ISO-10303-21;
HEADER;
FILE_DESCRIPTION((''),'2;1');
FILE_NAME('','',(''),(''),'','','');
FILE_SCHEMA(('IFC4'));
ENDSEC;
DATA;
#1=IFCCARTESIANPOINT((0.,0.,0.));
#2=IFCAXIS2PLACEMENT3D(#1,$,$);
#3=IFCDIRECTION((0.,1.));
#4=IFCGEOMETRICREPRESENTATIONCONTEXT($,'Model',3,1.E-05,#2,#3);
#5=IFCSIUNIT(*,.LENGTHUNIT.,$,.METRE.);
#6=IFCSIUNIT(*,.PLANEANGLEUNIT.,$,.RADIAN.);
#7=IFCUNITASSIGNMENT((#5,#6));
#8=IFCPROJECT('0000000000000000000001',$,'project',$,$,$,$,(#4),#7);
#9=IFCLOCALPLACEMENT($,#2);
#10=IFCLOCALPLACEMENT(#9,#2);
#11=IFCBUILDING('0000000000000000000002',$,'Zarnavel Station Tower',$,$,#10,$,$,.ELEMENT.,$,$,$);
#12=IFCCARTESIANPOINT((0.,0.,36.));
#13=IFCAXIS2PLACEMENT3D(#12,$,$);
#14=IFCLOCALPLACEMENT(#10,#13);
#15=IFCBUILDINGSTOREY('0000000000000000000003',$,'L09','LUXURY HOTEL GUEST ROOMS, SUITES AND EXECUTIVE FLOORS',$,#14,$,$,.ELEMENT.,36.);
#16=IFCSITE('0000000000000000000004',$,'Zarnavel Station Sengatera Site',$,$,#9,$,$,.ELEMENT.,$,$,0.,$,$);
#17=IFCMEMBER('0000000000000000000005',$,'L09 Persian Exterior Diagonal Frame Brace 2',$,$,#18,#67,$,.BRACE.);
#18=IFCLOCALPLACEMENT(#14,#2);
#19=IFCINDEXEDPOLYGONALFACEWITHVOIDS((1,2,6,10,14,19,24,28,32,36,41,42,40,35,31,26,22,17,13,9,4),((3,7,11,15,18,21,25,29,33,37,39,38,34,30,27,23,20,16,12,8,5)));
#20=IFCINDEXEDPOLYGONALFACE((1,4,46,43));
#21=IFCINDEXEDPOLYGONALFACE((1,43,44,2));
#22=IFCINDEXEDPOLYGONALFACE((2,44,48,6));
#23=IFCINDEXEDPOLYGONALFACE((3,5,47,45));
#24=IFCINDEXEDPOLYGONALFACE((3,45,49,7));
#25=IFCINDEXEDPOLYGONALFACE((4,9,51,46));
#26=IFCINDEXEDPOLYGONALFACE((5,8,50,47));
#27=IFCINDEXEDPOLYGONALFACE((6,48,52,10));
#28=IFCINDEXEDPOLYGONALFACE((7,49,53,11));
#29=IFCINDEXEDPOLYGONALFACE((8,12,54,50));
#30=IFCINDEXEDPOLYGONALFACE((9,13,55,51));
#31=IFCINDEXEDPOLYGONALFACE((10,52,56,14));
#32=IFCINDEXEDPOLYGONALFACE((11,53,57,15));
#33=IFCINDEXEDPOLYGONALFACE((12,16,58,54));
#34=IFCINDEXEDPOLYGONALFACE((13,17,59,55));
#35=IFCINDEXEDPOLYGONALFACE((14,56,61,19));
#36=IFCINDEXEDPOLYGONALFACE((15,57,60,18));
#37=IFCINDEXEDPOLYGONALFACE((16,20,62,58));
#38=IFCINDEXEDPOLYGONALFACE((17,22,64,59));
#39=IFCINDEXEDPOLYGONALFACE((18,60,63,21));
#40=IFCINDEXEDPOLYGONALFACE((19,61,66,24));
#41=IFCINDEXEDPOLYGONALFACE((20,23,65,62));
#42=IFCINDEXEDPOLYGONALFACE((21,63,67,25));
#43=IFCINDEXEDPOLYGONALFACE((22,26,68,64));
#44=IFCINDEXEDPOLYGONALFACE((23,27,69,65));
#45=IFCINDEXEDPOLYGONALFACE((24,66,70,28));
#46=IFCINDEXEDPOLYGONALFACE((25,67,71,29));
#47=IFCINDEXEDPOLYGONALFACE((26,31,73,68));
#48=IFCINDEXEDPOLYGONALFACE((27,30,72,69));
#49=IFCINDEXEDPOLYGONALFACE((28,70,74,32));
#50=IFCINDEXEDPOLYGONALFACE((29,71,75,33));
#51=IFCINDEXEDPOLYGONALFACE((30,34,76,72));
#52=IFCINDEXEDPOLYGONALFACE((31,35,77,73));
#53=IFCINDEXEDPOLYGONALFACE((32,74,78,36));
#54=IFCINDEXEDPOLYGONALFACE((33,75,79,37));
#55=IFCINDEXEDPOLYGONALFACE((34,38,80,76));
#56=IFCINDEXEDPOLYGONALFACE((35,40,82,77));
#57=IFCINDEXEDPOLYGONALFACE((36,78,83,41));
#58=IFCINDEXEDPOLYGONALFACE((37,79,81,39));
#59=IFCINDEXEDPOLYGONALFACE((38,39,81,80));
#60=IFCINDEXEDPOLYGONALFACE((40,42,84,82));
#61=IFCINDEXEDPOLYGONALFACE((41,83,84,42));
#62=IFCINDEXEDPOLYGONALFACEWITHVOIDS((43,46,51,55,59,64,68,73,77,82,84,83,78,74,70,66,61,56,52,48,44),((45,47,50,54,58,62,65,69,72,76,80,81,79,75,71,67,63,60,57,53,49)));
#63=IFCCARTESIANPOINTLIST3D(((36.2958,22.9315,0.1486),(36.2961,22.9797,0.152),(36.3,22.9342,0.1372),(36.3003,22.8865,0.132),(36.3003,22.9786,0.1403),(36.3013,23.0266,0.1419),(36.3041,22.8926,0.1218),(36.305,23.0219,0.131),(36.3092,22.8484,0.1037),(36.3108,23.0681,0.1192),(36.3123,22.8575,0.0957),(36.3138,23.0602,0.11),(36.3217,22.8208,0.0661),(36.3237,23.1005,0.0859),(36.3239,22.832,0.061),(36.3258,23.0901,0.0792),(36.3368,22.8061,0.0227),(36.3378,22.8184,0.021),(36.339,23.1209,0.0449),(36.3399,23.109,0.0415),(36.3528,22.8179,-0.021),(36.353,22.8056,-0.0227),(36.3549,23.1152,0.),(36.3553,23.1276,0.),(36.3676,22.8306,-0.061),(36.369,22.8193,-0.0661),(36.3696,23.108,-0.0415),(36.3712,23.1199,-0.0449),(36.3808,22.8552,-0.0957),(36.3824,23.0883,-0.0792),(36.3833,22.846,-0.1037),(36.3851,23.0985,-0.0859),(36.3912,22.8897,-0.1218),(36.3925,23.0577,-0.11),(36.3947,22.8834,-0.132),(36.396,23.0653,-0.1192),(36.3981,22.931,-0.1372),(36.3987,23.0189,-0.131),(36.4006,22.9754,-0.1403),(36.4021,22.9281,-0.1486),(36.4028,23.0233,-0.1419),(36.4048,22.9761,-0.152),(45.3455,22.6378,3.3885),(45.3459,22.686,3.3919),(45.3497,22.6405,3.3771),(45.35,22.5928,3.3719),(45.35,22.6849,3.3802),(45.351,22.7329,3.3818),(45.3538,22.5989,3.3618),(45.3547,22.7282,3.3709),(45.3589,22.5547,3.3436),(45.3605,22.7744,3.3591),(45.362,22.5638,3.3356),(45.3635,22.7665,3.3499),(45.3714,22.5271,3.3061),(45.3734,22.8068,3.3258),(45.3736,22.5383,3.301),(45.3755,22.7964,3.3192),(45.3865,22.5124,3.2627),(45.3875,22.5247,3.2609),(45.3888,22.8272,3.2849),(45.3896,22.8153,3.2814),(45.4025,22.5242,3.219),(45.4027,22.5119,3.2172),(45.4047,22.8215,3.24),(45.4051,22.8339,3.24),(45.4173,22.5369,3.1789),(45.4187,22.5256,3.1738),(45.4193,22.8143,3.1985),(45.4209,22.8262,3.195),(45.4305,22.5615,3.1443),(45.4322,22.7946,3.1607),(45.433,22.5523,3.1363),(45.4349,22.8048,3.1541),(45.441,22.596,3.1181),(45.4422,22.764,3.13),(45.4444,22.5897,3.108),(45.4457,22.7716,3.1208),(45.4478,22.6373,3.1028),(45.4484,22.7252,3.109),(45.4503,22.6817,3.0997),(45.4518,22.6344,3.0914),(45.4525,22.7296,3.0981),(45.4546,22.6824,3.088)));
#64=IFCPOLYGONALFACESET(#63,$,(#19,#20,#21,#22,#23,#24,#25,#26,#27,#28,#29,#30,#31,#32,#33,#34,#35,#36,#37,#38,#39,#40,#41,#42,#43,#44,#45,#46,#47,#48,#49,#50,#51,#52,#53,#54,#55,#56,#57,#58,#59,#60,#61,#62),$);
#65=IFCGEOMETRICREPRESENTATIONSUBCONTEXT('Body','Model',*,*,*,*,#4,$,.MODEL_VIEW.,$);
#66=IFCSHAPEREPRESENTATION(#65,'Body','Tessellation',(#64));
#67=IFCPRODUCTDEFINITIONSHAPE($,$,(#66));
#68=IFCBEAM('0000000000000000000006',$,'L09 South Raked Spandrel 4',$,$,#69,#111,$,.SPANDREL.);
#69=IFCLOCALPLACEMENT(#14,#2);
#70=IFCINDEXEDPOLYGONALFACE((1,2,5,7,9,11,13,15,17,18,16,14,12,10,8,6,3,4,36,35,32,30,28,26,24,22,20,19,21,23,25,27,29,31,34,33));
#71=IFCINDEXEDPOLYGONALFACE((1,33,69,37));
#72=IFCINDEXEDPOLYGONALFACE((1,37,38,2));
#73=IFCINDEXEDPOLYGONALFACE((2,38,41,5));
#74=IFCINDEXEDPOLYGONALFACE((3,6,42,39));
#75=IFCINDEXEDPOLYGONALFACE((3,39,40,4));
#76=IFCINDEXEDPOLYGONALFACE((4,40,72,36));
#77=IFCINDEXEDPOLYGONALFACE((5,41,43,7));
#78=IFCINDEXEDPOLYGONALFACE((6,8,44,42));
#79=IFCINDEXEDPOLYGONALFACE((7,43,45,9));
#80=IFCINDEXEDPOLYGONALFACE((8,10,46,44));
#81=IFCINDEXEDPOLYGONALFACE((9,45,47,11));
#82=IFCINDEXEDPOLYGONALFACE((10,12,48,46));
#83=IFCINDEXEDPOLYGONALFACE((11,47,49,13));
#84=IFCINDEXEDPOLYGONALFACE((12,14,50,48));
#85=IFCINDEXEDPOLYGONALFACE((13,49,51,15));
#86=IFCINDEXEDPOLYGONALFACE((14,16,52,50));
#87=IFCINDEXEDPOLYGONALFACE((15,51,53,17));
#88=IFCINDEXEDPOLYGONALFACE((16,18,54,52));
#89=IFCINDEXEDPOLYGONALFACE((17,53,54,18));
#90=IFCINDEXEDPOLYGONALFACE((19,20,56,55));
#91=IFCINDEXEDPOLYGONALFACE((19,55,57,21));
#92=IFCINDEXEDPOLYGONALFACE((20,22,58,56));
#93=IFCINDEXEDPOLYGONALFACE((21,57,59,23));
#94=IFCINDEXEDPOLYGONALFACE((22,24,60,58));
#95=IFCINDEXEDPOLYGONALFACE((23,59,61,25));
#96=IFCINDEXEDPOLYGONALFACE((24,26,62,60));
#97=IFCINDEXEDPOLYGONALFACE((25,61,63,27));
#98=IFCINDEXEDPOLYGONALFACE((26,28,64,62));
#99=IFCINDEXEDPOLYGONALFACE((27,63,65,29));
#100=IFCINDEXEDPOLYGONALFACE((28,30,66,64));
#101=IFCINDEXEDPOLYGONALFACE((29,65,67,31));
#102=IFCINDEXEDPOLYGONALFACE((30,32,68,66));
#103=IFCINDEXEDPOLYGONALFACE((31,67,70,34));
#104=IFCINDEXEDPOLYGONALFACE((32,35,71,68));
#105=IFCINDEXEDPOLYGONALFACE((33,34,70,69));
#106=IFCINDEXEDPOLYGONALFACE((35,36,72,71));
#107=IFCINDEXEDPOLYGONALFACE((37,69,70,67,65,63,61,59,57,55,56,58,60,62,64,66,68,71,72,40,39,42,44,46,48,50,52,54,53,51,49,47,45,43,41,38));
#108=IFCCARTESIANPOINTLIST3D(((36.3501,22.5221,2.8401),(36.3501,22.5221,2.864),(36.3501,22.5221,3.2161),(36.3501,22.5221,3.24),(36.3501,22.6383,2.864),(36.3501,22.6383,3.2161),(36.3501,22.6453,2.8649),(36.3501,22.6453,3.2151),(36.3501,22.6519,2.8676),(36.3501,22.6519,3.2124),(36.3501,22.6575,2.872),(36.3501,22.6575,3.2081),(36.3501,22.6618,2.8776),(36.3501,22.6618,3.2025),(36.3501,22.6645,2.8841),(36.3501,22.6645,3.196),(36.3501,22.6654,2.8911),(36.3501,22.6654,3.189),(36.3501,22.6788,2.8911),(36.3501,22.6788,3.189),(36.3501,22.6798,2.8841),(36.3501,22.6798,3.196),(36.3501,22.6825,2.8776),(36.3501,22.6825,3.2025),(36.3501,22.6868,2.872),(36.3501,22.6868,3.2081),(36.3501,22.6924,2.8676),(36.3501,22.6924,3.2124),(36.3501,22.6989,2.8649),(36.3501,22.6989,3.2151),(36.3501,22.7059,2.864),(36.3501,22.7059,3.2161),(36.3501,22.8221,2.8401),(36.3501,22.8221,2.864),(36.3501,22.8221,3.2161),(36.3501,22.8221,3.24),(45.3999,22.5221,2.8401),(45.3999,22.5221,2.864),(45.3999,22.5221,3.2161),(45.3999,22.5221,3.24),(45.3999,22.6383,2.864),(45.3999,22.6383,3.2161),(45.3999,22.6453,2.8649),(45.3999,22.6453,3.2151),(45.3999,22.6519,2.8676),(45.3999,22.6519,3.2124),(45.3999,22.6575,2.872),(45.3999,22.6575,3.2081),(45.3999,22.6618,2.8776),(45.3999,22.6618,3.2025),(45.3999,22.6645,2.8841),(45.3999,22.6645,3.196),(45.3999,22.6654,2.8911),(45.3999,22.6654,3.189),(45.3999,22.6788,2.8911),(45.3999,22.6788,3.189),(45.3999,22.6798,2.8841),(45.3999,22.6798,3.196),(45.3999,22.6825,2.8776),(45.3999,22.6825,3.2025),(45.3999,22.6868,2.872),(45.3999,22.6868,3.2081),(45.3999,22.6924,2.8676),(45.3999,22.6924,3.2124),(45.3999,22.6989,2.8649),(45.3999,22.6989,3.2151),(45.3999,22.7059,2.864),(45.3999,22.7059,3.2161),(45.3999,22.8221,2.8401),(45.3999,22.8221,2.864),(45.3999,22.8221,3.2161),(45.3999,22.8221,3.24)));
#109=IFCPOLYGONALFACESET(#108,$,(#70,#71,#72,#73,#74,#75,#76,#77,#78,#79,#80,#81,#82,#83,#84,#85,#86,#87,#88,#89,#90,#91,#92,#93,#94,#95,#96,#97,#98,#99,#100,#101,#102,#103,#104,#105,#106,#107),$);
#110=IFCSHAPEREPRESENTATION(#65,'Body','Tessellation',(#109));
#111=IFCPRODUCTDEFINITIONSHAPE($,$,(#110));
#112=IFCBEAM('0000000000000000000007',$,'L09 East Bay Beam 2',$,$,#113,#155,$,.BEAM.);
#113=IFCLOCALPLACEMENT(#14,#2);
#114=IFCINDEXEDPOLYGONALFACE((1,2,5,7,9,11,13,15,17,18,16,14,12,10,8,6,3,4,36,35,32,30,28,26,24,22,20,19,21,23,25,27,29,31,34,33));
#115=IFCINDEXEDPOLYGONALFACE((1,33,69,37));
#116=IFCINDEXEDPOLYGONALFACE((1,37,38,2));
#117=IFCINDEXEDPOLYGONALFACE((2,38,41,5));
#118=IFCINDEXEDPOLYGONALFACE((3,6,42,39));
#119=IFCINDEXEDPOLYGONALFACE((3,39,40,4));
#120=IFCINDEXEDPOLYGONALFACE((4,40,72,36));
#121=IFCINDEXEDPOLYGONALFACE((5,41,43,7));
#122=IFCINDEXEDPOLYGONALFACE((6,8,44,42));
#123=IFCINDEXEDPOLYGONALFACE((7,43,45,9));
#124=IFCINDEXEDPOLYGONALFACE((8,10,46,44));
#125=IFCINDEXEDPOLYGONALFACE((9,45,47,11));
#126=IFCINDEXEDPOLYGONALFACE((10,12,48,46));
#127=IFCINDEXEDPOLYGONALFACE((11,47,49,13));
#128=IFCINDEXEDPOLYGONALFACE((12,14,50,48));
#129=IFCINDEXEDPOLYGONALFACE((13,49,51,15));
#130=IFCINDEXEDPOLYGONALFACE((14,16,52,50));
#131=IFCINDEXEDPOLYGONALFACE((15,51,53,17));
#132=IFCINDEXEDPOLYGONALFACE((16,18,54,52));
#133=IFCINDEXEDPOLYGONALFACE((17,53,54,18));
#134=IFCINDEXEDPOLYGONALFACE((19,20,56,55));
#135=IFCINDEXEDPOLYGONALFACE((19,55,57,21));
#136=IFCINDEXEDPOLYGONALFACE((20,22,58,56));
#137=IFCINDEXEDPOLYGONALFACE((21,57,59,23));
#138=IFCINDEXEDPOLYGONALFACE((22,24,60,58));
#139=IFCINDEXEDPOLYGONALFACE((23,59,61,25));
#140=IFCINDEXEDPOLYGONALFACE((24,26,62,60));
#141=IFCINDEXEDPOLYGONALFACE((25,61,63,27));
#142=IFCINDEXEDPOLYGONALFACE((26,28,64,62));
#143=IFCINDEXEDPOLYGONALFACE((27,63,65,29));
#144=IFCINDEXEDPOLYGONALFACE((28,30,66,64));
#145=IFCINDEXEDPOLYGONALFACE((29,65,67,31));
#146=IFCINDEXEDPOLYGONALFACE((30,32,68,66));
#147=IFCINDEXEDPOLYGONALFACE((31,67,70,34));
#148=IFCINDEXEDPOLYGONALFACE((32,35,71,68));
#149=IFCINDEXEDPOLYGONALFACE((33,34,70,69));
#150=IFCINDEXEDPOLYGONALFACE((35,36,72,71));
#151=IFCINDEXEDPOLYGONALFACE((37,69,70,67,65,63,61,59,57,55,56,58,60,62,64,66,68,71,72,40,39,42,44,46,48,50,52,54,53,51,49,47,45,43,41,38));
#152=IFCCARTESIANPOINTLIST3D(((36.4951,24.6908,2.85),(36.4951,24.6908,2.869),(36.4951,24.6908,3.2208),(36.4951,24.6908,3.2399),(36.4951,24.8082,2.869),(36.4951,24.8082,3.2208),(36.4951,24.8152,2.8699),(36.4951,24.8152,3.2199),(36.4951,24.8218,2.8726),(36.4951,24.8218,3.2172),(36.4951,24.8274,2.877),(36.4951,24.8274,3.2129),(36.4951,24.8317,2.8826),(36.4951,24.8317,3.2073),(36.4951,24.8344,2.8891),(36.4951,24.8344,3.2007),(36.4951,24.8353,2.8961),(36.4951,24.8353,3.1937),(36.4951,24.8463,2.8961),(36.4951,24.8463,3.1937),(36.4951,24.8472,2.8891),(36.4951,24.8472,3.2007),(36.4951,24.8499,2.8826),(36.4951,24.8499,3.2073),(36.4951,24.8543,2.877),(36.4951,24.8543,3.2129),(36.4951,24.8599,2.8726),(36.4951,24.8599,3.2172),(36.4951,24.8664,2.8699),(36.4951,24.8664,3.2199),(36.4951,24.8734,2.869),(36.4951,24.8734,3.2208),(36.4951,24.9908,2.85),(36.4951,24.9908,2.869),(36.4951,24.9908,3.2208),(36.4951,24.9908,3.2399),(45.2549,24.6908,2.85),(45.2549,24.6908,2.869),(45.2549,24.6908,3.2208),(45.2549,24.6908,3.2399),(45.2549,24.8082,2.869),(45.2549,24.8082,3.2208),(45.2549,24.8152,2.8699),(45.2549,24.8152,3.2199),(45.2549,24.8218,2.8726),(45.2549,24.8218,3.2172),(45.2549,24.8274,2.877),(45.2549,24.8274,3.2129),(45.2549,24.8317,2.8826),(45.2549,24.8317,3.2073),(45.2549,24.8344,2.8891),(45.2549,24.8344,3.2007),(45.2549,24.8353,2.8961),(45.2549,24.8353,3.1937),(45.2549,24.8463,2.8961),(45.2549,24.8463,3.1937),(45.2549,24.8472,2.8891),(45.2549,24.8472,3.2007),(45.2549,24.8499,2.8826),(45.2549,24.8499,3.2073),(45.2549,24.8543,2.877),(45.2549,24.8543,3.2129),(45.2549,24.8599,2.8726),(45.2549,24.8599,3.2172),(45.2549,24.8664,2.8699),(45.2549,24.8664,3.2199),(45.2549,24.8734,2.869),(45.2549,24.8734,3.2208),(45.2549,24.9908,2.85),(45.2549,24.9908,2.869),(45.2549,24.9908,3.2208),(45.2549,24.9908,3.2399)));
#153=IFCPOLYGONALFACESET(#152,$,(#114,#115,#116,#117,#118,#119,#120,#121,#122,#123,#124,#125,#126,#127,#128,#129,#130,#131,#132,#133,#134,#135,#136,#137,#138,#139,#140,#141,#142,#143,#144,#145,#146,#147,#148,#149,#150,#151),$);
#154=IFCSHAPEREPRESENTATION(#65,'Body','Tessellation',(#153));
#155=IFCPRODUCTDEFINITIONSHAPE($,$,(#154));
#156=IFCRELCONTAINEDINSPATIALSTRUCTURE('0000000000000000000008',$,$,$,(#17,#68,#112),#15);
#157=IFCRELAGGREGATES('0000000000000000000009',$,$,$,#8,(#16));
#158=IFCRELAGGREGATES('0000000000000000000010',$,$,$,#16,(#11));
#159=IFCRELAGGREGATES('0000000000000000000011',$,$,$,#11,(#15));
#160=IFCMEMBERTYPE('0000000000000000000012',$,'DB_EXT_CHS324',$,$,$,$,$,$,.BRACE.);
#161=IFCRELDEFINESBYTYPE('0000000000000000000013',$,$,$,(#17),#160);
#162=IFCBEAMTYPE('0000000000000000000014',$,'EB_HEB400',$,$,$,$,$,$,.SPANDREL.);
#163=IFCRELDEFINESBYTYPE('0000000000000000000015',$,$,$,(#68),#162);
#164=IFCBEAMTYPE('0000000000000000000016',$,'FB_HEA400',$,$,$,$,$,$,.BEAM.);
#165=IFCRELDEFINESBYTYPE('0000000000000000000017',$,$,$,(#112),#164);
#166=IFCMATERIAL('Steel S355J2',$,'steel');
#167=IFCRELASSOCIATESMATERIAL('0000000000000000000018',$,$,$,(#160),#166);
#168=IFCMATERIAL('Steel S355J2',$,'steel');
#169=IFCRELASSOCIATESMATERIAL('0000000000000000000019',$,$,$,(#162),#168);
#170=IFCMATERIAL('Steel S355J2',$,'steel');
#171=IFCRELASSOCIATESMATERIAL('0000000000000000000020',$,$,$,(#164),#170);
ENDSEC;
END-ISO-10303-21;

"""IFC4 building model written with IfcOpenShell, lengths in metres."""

from ifc_helpers import new_model, si_unit, direction, frame, origin, origin_2d, place, context, subcontext, project, spatial, hollow_circle, i_section, extrude, material, material_profile, profile_set, type_object, element, save


model = new_model("IFC4")

# Units and contexts
model_context = context("Model", 3, precision=1e-05, world=origin(), true_north=direction((0.0, 1.0)))
body_context = subcontext(model_context, "Body", "Model", "MODEL_VIEW")
ifc_project = project(units=[si_unit("LENGTHUNIT", "METRE"), si_unit("PLANEANGLEUNIT", "RADIAN")], contexts=[model_context])

# Site, building, storey
site_placement = place(None, origin())
site = spatial("IfcSite", under=ifc_project, at=site_placement, Name="Zarnavel Station Sengatera Site", CompositionType="ELEMENT", RefElevation=0.0)
building_placement = place(site_placement, origin())
building = spatial("IfcBuilding", under=site, at=building_placement, Name="Zarnavel Station Tower", CompositionType="ELEMENT")
storey_placement = place(building_placement, frame((0.0, 0.0, 36.0)))
storey = spatial("IfcBuildingStorey", under=building, at=storey_placement, Name="L09", Description="LUXURY HOTEL GUEST ROOMS, SUITES AND EXECUTIVE FLOORS", CompositionType="ELEMENT", Elevation=36.0)

# Member
ifc_material_1 = material(Name="Steel S355J2", Category="steel")
ifc_material_profile_1 = material_profile(ifc_material_1, hollow_circle(Radius=0.1619, WallThickness=0.0125, at=origin_2d()), Name="CHS323.9x12.5")
ifc_profile_set_1 = profile_set([ifc_material_profile_1], Name="Steel S355J2")
member_type_1 = type_object("IfcMemberType", Name="DB_EXT_CHS324", PredefinedType="BRACE", material=ifc_profile_set_1)
member_1_placement = place(storey_placement, frame((36.3501, 22.9658, 0.0), z_axis=(0.941042, -0.03054, 0.33691), x_axis=(0.032437, 0.999474, 0.0)))
element("IfcMember", 1, at=member_1_placement, inside=storey, type_object=member_type_1, Name="L09 Persian Exterior Diagonal Frame Brace 2", PredefinedType="BRACE", context=body_context, shape_type="SweptSolid", body=[
    extrude(hollow_circle(Radius=0.1619, WallThickness=0.0125, at=origin_2d()), origin(), (0.0, 0.0, 1.0), 9.6167),
])

# Beams
ifc_material_2 = material(Name="Steel S355J2", Category="steel")
ifc_material_profile_2 = material_profile(ifc_material_2, i_section(OverallWidth=0.3, OverallDepth=0.3999, WebThickness=0.0134, FlangeThickness=0.0239, FilletRadius=0.0271, at=origin_2d()), Name="HEB400")
ifc_profile_set_2 = profile_set([ifc_material_profile_2], Name="Steel S355J2")
beam_type_1 = type_object("IfcBeamType", Name="EB_HEB400", PredefinedType="SPANDREL", material=ifc_profile_set_2)
beam_1_placement = place(storey_placement, frame((36.3501, 22.6721, 3.04), z_axis=(1.0, 0.0, 0.0), x_axis=(0.0, 1.0, 0.0)))
element("IfcBeam", 2, at=beam_1_placement, inside=storey, type_object=beam_type_1, Name="L09 South Raked Spandrel 4", PredefinedType="SPANDREL", context=body_context, shape_type="SweptSolid", body=[
    extrude(i_section(OverallWidth=0.3, OverallDepth=0.3999, WebThickness=0.0134, FlangeThickness=0.0239, FilletRadius=0.0271, at=origin_2d()), origin(), (0.0, 0.0, 1.0), 9.0498),
])
ifc_material_3 = material(Name="Steel S355J2", Category="steel")
ifc_material_profile_3 = material_profile(ifc_material_3, i_section(OverallWidth=0.3, OverallDepth=0.3899, WebThickness=0.011, FlangeThickness=0.019, FilletRadius=0.0271, at=origin_2d()), Name="HEA400")
ifc_profile_set_3 = profile_set([ifc_material_profile_3], Name="Steel S355J2")
beam_type_2 = type_object("IfcBeamType", Name="FB_HEA400", PredefinedType="BEAM", material=ifc_profile_set_3)
beam_2_placement = place(storey_placement, frame((36.4951, 24.8408, 3.0449), z_axis=(1.0, 0.0, 0.0), x_axis=(0.0, 1.0, 0.0)))
element("IfcBeam", 3, at=beam_2_placement, inside=storey, type_object=beam_type_2, Name="L09 East Bay Beam 2", PredefinedType="BEAM", context=body_context, shape_type="SweptSolid", body=[
    extrude(i_section(OverallWidth=0.3, OverallDepth=0.3899, WebThickness=0.011, FlangeThickness=0.019, FilletRadius=0.0271, at=origin_2d()), origin(), (0.0, 0.0, 1.0), 8.7598),
])

save(model, "model.ifc")
